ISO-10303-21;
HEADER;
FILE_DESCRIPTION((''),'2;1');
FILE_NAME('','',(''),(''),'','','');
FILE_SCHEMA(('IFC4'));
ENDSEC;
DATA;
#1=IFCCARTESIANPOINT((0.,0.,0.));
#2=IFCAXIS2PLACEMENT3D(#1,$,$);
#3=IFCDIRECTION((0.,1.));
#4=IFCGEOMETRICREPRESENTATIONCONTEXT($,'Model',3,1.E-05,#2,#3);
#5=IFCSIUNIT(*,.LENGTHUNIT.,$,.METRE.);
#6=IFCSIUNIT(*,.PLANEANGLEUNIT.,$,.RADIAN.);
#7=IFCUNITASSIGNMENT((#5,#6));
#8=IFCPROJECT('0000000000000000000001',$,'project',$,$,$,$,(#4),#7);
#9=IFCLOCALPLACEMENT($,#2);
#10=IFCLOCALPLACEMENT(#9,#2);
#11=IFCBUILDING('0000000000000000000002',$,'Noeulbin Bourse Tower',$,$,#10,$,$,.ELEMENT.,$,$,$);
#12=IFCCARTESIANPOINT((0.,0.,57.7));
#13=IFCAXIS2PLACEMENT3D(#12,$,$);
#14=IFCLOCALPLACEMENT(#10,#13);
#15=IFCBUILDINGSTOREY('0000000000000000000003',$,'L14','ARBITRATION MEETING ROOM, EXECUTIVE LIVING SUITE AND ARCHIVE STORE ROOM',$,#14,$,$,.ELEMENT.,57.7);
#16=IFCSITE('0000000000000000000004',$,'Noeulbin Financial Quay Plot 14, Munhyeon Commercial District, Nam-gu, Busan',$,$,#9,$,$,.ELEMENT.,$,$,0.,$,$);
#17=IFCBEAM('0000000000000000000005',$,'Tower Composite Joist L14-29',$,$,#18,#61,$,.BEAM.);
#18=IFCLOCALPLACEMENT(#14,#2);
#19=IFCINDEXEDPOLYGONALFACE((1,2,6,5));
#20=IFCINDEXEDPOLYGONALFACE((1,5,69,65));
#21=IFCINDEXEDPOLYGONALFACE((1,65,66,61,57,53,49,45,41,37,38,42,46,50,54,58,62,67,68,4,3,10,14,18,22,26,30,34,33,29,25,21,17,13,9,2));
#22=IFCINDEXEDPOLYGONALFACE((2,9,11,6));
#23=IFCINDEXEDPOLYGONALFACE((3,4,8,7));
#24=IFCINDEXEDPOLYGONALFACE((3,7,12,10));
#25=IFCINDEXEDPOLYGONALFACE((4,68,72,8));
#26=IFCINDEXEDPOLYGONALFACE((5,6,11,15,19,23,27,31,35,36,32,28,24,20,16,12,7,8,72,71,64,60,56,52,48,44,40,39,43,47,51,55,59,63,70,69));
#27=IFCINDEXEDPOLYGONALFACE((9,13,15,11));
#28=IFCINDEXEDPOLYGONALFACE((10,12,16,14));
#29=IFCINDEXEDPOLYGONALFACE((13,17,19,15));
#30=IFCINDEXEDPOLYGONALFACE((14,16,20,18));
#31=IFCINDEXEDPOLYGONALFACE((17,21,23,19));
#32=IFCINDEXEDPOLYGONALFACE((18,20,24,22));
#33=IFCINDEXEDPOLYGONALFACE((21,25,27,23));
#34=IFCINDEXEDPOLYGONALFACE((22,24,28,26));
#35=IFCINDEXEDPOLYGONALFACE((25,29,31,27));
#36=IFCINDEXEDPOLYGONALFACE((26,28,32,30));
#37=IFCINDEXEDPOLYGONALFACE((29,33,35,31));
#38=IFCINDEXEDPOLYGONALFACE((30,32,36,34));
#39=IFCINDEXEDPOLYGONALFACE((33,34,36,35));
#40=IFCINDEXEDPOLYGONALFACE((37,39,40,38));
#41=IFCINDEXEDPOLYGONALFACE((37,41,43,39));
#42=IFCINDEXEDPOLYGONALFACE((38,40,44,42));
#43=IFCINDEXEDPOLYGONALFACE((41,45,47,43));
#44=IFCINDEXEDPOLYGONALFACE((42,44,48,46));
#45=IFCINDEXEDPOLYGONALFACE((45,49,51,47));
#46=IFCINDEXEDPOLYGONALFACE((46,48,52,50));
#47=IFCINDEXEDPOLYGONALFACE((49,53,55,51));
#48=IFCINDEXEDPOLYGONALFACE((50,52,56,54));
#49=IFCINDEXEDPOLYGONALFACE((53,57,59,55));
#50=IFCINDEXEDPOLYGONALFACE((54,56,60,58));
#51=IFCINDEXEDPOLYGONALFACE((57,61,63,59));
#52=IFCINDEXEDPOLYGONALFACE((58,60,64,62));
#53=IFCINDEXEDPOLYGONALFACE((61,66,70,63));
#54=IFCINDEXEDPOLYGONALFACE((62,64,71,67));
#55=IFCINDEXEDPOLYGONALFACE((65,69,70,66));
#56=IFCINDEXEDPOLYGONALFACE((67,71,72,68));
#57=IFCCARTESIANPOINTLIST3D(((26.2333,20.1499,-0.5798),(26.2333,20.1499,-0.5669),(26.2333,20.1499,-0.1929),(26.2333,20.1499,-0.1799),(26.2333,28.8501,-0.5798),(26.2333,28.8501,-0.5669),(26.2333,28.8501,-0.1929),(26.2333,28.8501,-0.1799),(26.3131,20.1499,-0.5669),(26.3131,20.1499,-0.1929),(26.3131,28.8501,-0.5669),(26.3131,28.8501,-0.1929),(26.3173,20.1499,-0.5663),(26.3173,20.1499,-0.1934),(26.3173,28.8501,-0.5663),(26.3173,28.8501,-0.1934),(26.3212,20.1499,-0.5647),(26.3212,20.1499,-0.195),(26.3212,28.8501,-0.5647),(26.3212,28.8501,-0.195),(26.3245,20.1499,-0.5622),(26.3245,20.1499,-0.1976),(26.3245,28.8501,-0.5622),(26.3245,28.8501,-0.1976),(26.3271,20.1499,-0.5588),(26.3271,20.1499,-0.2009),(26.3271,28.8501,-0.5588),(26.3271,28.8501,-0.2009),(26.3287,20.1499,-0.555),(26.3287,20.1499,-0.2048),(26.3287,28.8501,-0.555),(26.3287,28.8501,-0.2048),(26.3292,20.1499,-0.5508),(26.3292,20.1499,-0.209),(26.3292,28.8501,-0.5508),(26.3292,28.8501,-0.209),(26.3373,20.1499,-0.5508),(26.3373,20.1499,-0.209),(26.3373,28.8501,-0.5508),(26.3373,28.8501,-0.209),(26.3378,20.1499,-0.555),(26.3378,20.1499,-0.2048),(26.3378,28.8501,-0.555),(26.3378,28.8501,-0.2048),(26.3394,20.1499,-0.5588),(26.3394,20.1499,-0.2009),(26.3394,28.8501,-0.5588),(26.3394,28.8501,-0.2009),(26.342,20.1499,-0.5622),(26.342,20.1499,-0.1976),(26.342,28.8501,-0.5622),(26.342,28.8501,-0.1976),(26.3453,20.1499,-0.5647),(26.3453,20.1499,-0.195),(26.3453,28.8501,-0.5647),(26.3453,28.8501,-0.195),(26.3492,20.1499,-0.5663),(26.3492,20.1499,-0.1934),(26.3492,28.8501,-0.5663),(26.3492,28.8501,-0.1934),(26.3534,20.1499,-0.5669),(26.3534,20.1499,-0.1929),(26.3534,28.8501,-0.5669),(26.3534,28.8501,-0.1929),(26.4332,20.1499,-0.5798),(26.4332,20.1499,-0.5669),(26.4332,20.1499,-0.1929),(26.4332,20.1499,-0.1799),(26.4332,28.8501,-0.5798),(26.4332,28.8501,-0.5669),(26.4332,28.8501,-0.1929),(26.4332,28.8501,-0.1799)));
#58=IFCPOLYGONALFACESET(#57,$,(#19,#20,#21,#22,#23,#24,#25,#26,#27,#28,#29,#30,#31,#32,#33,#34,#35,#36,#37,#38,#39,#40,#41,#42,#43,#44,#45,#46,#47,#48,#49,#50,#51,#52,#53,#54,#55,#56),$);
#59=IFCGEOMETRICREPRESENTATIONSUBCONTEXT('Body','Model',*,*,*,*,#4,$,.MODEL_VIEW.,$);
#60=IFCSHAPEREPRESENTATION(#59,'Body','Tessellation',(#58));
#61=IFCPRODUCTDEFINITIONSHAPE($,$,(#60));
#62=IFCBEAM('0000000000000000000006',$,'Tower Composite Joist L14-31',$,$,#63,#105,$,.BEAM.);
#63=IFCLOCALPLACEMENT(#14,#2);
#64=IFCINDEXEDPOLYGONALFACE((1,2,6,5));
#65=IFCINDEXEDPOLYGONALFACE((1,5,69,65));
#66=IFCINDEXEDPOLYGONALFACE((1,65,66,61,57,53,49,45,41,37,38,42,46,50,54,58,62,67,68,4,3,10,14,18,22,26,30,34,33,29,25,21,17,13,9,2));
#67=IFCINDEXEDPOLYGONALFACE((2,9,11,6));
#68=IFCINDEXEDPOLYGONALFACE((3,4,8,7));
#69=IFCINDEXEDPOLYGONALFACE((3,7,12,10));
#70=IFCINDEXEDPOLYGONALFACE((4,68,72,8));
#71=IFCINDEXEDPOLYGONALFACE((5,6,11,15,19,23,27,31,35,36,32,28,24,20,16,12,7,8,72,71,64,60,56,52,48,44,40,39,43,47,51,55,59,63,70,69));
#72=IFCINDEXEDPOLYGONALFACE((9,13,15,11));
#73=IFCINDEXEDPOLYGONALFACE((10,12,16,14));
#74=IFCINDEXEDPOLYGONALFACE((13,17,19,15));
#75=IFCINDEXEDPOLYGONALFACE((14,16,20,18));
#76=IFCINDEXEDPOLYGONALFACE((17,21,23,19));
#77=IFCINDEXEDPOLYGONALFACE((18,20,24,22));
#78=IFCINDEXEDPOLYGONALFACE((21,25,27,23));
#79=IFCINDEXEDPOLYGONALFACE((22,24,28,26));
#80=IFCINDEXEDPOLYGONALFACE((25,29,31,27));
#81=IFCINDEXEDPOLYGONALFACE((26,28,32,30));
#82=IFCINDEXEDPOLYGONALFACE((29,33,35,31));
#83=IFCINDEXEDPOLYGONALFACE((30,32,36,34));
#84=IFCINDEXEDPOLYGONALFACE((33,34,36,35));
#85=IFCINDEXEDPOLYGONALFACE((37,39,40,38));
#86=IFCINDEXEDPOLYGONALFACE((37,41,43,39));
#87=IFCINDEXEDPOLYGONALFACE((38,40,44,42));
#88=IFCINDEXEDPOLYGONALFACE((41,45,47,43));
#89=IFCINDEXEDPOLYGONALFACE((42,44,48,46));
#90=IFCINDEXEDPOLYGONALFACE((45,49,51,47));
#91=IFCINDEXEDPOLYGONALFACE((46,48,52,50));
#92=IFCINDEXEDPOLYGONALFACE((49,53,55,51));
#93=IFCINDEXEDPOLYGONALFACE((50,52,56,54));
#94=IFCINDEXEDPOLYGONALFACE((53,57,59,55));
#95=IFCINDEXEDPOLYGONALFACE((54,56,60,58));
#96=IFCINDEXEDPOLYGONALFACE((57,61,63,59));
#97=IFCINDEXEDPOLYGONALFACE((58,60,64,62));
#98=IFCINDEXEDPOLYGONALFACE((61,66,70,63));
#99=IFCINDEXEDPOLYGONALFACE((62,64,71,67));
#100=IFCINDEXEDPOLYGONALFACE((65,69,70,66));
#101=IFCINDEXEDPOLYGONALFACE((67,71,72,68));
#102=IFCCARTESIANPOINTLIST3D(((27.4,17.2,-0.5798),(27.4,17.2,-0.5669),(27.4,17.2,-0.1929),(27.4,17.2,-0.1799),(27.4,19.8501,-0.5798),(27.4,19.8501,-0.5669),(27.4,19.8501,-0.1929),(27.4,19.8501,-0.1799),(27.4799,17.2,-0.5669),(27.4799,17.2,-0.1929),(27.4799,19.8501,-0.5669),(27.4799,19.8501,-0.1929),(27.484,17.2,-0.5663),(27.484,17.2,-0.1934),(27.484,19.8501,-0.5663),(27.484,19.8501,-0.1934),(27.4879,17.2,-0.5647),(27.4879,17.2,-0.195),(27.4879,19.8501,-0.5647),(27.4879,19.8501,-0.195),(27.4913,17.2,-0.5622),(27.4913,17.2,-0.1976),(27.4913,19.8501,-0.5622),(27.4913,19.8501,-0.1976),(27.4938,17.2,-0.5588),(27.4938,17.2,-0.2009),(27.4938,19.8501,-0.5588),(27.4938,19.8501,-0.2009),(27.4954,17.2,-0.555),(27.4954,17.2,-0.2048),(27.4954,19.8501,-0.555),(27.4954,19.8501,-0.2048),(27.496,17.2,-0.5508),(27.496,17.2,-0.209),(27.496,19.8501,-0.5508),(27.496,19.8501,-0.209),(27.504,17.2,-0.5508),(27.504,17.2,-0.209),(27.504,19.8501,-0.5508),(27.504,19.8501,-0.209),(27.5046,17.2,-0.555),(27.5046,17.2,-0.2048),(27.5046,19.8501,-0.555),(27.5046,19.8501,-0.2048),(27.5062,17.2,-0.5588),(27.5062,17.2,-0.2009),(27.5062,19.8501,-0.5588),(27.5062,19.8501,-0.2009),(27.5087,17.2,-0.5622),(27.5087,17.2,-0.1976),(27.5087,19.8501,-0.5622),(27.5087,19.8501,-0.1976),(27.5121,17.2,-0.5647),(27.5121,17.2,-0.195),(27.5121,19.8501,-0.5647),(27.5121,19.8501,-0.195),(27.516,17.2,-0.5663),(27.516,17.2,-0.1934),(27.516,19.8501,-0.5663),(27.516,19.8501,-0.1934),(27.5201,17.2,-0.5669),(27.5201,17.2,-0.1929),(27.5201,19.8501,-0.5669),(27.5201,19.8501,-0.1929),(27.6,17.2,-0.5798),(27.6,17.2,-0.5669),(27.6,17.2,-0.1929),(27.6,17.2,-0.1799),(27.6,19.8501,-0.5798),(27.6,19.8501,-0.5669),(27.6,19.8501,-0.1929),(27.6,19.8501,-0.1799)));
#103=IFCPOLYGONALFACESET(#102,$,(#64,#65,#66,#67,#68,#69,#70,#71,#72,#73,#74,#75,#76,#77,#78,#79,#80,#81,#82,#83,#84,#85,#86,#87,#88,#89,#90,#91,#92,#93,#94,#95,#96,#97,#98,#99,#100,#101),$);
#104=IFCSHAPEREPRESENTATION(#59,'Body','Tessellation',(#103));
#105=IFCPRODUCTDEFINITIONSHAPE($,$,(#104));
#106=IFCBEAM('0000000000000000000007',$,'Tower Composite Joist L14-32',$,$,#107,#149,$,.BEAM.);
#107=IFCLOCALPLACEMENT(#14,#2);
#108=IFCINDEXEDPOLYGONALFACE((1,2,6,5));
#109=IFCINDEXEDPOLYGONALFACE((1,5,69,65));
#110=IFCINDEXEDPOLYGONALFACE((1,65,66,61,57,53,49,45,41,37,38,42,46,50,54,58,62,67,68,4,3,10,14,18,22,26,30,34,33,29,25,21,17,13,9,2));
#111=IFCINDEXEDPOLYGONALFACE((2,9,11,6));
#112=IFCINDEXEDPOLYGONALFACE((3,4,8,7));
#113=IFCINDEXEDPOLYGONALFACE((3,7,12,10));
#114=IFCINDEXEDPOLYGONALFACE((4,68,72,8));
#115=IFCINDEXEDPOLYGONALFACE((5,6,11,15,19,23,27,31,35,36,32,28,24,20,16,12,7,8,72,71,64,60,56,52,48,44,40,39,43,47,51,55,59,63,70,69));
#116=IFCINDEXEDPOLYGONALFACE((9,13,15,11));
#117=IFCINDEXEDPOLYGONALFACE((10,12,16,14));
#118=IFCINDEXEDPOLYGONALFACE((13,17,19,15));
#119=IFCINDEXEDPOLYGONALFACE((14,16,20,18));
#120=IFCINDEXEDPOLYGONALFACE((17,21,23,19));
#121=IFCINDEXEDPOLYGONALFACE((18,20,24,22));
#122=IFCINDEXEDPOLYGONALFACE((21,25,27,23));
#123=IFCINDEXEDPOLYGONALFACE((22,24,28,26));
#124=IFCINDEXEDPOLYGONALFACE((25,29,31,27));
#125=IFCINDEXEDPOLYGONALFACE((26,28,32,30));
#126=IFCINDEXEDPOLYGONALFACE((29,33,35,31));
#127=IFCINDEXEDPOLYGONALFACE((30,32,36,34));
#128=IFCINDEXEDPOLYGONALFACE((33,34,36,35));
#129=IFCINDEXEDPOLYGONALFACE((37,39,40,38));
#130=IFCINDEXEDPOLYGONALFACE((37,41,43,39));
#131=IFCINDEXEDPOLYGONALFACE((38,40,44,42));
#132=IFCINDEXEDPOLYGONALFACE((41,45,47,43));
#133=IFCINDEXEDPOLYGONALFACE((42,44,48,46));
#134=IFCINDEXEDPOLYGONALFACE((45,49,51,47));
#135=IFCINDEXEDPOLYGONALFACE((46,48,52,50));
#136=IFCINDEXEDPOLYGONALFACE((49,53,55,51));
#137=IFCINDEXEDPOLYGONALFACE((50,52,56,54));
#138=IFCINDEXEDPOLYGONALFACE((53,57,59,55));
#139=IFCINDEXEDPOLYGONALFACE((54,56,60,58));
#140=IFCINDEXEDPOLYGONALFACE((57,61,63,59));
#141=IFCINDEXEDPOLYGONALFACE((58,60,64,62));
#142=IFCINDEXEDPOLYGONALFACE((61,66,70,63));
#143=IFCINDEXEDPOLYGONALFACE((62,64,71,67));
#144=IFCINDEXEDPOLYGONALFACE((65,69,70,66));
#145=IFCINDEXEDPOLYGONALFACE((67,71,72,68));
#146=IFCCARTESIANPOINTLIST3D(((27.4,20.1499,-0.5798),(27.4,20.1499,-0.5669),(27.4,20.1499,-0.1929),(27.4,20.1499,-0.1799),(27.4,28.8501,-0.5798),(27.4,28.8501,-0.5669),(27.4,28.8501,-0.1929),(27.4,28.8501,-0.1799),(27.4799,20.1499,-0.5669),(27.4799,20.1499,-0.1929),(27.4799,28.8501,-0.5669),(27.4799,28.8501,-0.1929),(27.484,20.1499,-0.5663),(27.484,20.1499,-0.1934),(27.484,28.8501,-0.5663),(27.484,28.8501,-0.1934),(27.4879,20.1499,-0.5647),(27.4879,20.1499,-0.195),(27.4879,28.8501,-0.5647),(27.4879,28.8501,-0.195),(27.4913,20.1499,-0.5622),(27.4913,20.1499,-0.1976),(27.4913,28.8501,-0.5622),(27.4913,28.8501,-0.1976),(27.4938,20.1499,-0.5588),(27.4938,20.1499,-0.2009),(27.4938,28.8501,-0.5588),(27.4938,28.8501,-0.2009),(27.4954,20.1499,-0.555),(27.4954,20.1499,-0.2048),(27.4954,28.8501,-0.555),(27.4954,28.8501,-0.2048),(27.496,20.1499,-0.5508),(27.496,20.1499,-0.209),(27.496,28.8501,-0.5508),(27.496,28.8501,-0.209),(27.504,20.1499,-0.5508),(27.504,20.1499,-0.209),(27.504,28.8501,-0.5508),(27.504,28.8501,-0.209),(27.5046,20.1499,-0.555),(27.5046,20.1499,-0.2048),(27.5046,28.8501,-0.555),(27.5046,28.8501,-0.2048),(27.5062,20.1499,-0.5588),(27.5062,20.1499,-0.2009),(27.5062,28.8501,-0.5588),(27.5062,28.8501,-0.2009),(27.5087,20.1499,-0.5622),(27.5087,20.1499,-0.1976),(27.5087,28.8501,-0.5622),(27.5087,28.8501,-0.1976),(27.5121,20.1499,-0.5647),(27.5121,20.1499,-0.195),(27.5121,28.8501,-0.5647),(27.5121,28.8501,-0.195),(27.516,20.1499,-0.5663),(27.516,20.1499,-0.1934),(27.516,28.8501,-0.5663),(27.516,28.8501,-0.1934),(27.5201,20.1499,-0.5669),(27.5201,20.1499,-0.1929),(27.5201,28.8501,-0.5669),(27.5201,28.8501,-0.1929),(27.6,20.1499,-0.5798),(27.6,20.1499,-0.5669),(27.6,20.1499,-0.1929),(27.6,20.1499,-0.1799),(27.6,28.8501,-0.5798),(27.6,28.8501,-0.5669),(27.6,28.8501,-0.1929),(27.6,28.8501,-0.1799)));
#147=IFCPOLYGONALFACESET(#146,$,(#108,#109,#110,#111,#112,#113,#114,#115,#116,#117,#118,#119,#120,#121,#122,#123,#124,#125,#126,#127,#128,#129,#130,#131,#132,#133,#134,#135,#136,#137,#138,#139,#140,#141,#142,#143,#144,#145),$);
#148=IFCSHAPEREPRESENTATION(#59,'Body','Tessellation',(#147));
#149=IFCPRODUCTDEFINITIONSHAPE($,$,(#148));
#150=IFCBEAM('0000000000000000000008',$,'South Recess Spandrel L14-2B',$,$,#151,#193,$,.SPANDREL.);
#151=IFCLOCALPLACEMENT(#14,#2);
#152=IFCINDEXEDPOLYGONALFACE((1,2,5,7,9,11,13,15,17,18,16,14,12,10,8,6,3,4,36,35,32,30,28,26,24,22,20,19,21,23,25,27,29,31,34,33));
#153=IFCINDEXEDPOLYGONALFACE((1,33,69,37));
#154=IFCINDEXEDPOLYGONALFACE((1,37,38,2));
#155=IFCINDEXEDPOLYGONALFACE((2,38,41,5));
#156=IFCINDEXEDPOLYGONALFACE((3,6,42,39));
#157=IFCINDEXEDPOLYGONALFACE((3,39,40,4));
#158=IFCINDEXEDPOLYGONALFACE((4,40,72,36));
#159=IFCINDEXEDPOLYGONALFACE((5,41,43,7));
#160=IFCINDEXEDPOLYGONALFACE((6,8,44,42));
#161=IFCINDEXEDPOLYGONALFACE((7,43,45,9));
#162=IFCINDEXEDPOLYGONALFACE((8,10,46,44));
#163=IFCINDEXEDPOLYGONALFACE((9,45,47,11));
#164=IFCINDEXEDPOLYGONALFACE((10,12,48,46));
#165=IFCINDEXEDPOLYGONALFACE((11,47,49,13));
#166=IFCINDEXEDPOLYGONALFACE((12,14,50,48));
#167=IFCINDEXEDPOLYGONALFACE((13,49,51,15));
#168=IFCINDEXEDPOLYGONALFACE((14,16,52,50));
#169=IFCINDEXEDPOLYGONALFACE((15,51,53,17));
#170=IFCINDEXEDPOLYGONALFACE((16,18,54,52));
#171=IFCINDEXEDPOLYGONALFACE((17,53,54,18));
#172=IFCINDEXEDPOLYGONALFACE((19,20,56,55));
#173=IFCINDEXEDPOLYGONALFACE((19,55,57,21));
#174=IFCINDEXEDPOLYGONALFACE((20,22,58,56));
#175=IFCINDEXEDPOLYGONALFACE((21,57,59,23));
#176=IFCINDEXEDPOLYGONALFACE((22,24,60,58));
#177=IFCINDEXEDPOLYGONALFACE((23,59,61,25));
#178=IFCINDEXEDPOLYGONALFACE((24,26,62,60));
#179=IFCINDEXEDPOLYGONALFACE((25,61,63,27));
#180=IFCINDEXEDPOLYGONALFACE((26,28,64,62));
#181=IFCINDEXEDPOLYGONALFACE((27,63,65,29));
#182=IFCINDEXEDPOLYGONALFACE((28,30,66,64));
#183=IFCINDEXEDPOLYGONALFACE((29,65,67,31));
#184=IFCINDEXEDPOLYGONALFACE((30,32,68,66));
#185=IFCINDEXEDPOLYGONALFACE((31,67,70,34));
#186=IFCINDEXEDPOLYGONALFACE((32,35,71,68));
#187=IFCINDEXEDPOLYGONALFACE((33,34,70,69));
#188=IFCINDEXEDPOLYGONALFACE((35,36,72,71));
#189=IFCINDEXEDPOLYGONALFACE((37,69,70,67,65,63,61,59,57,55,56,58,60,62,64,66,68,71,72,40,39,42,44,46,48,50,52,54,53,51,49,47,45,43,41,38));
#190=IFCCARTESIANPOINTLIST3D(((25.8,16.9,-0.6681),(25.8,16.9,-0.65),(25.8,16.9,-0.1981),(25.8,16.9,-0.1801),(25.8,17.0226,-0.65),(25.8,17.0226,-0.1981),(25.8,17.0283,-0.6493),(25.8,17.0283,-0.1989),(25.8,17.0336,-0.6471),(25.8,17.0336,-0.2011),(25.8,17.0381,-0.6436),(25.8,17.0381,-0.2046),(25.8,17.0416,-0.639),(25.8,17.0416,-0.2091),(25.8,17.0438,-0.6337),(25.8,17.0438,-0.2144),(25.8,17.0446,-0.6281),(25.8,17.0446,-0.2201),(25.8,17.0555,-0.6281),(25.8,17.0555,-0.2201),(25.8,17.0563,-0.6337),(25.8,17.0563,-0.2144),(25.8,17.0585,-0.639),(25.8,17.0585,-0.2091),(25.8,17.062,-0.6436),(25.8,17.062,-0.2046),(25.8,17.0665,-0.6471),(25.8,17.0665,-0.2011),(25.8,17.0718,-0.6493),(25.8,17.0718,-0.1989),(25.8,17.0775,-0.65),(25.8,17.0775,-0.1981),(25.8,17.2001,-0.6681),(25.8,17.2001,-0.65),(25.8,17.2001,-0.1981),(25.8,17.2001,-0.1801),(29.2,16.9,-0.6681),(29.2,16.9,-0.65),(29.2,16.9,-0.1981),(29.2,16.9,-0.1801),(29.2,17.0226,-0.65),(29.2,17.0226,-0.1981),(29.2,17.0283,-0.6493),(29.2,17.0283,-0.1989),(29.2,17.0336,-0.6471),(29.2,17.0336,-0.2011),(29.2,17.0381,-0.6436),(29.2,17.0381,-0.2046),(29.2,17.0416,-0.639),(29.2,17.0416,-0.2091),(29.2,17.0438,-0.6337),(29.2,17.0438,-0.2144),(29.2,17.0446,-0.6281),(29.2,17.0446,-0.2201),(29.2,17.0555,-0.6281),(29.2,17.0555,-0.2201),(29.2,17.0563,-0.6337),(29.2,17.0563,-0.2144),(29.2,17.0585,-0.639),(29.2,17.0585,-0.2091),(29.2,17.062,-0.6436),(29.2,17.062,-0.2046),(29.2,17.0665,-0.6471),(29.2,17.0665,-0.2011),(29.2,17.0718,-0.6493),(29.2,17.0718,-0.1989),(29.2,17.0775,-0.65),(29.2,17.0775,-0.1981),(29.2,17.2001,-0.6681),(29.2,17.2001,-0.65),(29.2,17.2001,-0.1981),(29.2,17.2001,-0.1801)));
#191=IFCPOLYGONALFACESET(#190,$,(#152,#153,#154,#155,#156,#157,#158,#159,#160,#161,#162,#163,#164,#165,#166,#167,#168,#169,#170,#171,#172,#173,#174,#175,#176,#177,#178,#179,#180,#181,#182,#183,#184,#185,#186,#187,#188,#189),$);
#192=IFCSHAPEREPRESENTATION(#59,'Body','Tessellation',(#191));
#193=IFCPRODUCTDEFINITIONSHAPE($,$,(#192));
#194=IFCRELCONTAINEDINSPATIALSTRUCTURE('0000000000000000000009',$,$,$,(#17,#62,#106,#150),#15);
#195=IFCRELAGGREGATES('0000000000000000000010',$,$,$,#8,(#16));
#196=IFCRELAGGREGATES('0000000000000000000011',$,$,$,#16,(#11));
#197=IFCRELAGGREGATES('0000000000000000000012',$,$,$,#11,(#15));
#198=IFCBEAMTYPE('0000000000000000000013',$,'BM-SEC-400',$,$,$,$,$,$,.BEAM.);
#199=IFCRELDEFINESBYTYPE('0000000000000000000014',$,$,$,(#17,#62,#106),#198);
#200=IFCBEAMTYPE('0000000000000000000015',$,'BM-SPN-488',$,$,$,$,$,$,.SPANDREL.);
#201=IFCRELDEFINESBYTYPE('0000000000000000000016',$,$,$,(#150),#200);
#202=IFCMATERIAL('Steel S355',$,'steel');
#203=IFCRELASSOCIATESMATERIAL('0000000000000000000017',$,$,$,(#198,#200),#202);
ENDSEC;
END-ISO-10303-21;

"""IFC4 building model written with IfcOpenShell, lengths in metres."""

from ifc_helpers import new_model, si_unit, direction, frame, origin, origin_2d, place, context, subcontext, project, spatial, i_section, extrude, material, material_profile, profile_set, type_object, element, save


model = new_model("IFC4")

# Units and contexts
model_context = context("Model", 3, precision=1e-05, world=origin(), true_north=direction((0.0, 1.0)))
body_context = subcontext(model_context, "Body", "Model", "MODEL_VIEW")
ifc_project = project(units=[si_unit("LENGTHUNIT", "METRE"), si_unit("PLANEANGLEUNIT", "RADIAN")], contexts=[model_context])

# Site, building, storey
site_placement = place(None, origin())
site = spatial("IfcSite", under=ifc_project, at=site_placement, Name="Noeulbin Financial Quay Plot 14, Munhyeon Commercial District, Nam-gu, Busan", CompositionType="ELEMENT", RefElevation=0.0)
building_placement = place(site_placement, origin())
building = spatial("IfcBuilding", under=site, at=building_placement, Name="Noeulbin Bourse Tower", CompositionType="ELEMENT")
storey_placement = place(building_placement, frame((0.0, 0.0, 57.7)))
storey = spatial("IfcBuildingStorey", under=building, at=storey_placement, Name="L14", Description="ARBITRATION MEETING ROOM, EXECUTIVE LIVING SUITE AND ARCHIVE STORE ROOM", CompositionType="ELEMENT", Elevation=57.7)

# Beams
ifc_material_1 = material(Name="Steel S355", Category="steel")
ifc_material_profile_1 = material_profile(ifc_material_1, i_section(OverallWidth=0.2, OverallDepth=0.3999, WebThickness=0.0081, FlangeThickness=0.0129, FilletRadius=0.0161, at=origin_2d()), Name="H-400x200x8x13", Category="LoadBearing")
ifc_profile_set_1 = profile_set([ifc_material_profile_1], Name="Steel S355")
beam_type_1 = type_object("IfcBeamType", Name="BM-SEC-400", PredefinedType="BEAM", material=ifc_profile_set_1)
beam_1_placement = place(storey_placement, frame((26.3333, 20.1499, -0.3799), z_axis=(0.0, 1.0, 0.0), x_axis=(-1.0, 0.0, 0.0)))
element("IfcBeam", 1, at=beam_1_placement, inside=storey, type_object=beam_type_1, Name="Tower Composite Joist L14-29", PredefinedType="BEAM", context=body_context, shape_type="SweptSolid", body=[
    extrude(i_section(OverallWidth=0.2, OverallDepth=0.3999, WebThickness=0.0081, FlangeThickness=0.0129, FilletRadius=0.0161, at=origin_2d()), origin(), (0.0, 0.0, 1.0), 8.7002),
])
beam_2_placement = place(storey_placement, frame((27.5, 17.2, -0.3799), z_axis=(0.0, 1.0, 0.0), x_axis=(-1.0, 0.0, 0.0)))
element("IfcBeam", 2, at=beam_2_placement, inside=storey, type_object=beam_type_1, Name="Tower Composite Joist L14-31", PredefinedType="BEAM", context=body_context, shape_type="SweptSolid", body=[
    extrude(i_section(OverallWidth=0.2, OverallDepth=0.3999, WebThickness=0.0081, FlangeThickness=0.0129, FilletRadius=0.0161, at=origin_2d()), origin(), (0.0, 0.0, 1.0), 2.6501),
])
beam_3_placement = place(storey_placement, frame((27.5, 20.1499, -0.3799), z_axis=(0.0, 1.0, 0.0), x_axis=(-1.0, 0.0, 0.0)))
element("IfcBeam", 3, at=beam_3_placement, inside=storey, type_object=beam_type_1, Name="Tower Composite Joist L14-32", PredefinedType="BEAM", context=body_context, shape_type="SweptSolid", body=[
    extrude(i_section(OverallWidth=0.2, OverallDepth=0.3999, WebThickness=0.0081, FlangeThickness=0.0129, FilletRadius=0.0161, at=origin_2d()), origin(), (0.0, 0.0, 1.0), 8.7002),
])
ifc_material_profile_2 = material_profile(ifc_material_1, i_section(OverallWidth=0.3, OverallDepth=0.488, WebThickness=0.011, FlangeThickness=0.0181, FilletRadius=0.022, at=origin_2d()), Name="H-488x300x11x18", Category="LoadBearing")
ifc_profile_set_2 = profile_set([ifc_material_profile_2], Name="Steel S355")
beam_type_2 = type_object("IfcBeamType", Name="BM-SPN-488", PredefinedType="SPANDREL", material=ifc_profile_set_2)
beam_4_placement = place(storey_placement, frame((25.8, 17.05, -0.4241), z_axis=(1.0, 0.0, 0.0), x_axis=(0.0, 1.0, 0.0)))
element("IfcBeam", 4, at=beam_4_placement, inside=storey, type_object=beam_type_2, Name="South Recess Spandrel L14-2B", PredefinedType="SPANDREL", context=body_context, shape_type="SweptSolid", body=[
    extrude(i_section(OverallWidth=0.3, OverallDepth=0.488, WebThickness=0.011, FlangeThickness=0.0181, FilletRadius=0.022, at=origin_2d()), origin(), (0.0, 0.0, 1.0), 3.3999),
])

save(model, "model.ifc")
